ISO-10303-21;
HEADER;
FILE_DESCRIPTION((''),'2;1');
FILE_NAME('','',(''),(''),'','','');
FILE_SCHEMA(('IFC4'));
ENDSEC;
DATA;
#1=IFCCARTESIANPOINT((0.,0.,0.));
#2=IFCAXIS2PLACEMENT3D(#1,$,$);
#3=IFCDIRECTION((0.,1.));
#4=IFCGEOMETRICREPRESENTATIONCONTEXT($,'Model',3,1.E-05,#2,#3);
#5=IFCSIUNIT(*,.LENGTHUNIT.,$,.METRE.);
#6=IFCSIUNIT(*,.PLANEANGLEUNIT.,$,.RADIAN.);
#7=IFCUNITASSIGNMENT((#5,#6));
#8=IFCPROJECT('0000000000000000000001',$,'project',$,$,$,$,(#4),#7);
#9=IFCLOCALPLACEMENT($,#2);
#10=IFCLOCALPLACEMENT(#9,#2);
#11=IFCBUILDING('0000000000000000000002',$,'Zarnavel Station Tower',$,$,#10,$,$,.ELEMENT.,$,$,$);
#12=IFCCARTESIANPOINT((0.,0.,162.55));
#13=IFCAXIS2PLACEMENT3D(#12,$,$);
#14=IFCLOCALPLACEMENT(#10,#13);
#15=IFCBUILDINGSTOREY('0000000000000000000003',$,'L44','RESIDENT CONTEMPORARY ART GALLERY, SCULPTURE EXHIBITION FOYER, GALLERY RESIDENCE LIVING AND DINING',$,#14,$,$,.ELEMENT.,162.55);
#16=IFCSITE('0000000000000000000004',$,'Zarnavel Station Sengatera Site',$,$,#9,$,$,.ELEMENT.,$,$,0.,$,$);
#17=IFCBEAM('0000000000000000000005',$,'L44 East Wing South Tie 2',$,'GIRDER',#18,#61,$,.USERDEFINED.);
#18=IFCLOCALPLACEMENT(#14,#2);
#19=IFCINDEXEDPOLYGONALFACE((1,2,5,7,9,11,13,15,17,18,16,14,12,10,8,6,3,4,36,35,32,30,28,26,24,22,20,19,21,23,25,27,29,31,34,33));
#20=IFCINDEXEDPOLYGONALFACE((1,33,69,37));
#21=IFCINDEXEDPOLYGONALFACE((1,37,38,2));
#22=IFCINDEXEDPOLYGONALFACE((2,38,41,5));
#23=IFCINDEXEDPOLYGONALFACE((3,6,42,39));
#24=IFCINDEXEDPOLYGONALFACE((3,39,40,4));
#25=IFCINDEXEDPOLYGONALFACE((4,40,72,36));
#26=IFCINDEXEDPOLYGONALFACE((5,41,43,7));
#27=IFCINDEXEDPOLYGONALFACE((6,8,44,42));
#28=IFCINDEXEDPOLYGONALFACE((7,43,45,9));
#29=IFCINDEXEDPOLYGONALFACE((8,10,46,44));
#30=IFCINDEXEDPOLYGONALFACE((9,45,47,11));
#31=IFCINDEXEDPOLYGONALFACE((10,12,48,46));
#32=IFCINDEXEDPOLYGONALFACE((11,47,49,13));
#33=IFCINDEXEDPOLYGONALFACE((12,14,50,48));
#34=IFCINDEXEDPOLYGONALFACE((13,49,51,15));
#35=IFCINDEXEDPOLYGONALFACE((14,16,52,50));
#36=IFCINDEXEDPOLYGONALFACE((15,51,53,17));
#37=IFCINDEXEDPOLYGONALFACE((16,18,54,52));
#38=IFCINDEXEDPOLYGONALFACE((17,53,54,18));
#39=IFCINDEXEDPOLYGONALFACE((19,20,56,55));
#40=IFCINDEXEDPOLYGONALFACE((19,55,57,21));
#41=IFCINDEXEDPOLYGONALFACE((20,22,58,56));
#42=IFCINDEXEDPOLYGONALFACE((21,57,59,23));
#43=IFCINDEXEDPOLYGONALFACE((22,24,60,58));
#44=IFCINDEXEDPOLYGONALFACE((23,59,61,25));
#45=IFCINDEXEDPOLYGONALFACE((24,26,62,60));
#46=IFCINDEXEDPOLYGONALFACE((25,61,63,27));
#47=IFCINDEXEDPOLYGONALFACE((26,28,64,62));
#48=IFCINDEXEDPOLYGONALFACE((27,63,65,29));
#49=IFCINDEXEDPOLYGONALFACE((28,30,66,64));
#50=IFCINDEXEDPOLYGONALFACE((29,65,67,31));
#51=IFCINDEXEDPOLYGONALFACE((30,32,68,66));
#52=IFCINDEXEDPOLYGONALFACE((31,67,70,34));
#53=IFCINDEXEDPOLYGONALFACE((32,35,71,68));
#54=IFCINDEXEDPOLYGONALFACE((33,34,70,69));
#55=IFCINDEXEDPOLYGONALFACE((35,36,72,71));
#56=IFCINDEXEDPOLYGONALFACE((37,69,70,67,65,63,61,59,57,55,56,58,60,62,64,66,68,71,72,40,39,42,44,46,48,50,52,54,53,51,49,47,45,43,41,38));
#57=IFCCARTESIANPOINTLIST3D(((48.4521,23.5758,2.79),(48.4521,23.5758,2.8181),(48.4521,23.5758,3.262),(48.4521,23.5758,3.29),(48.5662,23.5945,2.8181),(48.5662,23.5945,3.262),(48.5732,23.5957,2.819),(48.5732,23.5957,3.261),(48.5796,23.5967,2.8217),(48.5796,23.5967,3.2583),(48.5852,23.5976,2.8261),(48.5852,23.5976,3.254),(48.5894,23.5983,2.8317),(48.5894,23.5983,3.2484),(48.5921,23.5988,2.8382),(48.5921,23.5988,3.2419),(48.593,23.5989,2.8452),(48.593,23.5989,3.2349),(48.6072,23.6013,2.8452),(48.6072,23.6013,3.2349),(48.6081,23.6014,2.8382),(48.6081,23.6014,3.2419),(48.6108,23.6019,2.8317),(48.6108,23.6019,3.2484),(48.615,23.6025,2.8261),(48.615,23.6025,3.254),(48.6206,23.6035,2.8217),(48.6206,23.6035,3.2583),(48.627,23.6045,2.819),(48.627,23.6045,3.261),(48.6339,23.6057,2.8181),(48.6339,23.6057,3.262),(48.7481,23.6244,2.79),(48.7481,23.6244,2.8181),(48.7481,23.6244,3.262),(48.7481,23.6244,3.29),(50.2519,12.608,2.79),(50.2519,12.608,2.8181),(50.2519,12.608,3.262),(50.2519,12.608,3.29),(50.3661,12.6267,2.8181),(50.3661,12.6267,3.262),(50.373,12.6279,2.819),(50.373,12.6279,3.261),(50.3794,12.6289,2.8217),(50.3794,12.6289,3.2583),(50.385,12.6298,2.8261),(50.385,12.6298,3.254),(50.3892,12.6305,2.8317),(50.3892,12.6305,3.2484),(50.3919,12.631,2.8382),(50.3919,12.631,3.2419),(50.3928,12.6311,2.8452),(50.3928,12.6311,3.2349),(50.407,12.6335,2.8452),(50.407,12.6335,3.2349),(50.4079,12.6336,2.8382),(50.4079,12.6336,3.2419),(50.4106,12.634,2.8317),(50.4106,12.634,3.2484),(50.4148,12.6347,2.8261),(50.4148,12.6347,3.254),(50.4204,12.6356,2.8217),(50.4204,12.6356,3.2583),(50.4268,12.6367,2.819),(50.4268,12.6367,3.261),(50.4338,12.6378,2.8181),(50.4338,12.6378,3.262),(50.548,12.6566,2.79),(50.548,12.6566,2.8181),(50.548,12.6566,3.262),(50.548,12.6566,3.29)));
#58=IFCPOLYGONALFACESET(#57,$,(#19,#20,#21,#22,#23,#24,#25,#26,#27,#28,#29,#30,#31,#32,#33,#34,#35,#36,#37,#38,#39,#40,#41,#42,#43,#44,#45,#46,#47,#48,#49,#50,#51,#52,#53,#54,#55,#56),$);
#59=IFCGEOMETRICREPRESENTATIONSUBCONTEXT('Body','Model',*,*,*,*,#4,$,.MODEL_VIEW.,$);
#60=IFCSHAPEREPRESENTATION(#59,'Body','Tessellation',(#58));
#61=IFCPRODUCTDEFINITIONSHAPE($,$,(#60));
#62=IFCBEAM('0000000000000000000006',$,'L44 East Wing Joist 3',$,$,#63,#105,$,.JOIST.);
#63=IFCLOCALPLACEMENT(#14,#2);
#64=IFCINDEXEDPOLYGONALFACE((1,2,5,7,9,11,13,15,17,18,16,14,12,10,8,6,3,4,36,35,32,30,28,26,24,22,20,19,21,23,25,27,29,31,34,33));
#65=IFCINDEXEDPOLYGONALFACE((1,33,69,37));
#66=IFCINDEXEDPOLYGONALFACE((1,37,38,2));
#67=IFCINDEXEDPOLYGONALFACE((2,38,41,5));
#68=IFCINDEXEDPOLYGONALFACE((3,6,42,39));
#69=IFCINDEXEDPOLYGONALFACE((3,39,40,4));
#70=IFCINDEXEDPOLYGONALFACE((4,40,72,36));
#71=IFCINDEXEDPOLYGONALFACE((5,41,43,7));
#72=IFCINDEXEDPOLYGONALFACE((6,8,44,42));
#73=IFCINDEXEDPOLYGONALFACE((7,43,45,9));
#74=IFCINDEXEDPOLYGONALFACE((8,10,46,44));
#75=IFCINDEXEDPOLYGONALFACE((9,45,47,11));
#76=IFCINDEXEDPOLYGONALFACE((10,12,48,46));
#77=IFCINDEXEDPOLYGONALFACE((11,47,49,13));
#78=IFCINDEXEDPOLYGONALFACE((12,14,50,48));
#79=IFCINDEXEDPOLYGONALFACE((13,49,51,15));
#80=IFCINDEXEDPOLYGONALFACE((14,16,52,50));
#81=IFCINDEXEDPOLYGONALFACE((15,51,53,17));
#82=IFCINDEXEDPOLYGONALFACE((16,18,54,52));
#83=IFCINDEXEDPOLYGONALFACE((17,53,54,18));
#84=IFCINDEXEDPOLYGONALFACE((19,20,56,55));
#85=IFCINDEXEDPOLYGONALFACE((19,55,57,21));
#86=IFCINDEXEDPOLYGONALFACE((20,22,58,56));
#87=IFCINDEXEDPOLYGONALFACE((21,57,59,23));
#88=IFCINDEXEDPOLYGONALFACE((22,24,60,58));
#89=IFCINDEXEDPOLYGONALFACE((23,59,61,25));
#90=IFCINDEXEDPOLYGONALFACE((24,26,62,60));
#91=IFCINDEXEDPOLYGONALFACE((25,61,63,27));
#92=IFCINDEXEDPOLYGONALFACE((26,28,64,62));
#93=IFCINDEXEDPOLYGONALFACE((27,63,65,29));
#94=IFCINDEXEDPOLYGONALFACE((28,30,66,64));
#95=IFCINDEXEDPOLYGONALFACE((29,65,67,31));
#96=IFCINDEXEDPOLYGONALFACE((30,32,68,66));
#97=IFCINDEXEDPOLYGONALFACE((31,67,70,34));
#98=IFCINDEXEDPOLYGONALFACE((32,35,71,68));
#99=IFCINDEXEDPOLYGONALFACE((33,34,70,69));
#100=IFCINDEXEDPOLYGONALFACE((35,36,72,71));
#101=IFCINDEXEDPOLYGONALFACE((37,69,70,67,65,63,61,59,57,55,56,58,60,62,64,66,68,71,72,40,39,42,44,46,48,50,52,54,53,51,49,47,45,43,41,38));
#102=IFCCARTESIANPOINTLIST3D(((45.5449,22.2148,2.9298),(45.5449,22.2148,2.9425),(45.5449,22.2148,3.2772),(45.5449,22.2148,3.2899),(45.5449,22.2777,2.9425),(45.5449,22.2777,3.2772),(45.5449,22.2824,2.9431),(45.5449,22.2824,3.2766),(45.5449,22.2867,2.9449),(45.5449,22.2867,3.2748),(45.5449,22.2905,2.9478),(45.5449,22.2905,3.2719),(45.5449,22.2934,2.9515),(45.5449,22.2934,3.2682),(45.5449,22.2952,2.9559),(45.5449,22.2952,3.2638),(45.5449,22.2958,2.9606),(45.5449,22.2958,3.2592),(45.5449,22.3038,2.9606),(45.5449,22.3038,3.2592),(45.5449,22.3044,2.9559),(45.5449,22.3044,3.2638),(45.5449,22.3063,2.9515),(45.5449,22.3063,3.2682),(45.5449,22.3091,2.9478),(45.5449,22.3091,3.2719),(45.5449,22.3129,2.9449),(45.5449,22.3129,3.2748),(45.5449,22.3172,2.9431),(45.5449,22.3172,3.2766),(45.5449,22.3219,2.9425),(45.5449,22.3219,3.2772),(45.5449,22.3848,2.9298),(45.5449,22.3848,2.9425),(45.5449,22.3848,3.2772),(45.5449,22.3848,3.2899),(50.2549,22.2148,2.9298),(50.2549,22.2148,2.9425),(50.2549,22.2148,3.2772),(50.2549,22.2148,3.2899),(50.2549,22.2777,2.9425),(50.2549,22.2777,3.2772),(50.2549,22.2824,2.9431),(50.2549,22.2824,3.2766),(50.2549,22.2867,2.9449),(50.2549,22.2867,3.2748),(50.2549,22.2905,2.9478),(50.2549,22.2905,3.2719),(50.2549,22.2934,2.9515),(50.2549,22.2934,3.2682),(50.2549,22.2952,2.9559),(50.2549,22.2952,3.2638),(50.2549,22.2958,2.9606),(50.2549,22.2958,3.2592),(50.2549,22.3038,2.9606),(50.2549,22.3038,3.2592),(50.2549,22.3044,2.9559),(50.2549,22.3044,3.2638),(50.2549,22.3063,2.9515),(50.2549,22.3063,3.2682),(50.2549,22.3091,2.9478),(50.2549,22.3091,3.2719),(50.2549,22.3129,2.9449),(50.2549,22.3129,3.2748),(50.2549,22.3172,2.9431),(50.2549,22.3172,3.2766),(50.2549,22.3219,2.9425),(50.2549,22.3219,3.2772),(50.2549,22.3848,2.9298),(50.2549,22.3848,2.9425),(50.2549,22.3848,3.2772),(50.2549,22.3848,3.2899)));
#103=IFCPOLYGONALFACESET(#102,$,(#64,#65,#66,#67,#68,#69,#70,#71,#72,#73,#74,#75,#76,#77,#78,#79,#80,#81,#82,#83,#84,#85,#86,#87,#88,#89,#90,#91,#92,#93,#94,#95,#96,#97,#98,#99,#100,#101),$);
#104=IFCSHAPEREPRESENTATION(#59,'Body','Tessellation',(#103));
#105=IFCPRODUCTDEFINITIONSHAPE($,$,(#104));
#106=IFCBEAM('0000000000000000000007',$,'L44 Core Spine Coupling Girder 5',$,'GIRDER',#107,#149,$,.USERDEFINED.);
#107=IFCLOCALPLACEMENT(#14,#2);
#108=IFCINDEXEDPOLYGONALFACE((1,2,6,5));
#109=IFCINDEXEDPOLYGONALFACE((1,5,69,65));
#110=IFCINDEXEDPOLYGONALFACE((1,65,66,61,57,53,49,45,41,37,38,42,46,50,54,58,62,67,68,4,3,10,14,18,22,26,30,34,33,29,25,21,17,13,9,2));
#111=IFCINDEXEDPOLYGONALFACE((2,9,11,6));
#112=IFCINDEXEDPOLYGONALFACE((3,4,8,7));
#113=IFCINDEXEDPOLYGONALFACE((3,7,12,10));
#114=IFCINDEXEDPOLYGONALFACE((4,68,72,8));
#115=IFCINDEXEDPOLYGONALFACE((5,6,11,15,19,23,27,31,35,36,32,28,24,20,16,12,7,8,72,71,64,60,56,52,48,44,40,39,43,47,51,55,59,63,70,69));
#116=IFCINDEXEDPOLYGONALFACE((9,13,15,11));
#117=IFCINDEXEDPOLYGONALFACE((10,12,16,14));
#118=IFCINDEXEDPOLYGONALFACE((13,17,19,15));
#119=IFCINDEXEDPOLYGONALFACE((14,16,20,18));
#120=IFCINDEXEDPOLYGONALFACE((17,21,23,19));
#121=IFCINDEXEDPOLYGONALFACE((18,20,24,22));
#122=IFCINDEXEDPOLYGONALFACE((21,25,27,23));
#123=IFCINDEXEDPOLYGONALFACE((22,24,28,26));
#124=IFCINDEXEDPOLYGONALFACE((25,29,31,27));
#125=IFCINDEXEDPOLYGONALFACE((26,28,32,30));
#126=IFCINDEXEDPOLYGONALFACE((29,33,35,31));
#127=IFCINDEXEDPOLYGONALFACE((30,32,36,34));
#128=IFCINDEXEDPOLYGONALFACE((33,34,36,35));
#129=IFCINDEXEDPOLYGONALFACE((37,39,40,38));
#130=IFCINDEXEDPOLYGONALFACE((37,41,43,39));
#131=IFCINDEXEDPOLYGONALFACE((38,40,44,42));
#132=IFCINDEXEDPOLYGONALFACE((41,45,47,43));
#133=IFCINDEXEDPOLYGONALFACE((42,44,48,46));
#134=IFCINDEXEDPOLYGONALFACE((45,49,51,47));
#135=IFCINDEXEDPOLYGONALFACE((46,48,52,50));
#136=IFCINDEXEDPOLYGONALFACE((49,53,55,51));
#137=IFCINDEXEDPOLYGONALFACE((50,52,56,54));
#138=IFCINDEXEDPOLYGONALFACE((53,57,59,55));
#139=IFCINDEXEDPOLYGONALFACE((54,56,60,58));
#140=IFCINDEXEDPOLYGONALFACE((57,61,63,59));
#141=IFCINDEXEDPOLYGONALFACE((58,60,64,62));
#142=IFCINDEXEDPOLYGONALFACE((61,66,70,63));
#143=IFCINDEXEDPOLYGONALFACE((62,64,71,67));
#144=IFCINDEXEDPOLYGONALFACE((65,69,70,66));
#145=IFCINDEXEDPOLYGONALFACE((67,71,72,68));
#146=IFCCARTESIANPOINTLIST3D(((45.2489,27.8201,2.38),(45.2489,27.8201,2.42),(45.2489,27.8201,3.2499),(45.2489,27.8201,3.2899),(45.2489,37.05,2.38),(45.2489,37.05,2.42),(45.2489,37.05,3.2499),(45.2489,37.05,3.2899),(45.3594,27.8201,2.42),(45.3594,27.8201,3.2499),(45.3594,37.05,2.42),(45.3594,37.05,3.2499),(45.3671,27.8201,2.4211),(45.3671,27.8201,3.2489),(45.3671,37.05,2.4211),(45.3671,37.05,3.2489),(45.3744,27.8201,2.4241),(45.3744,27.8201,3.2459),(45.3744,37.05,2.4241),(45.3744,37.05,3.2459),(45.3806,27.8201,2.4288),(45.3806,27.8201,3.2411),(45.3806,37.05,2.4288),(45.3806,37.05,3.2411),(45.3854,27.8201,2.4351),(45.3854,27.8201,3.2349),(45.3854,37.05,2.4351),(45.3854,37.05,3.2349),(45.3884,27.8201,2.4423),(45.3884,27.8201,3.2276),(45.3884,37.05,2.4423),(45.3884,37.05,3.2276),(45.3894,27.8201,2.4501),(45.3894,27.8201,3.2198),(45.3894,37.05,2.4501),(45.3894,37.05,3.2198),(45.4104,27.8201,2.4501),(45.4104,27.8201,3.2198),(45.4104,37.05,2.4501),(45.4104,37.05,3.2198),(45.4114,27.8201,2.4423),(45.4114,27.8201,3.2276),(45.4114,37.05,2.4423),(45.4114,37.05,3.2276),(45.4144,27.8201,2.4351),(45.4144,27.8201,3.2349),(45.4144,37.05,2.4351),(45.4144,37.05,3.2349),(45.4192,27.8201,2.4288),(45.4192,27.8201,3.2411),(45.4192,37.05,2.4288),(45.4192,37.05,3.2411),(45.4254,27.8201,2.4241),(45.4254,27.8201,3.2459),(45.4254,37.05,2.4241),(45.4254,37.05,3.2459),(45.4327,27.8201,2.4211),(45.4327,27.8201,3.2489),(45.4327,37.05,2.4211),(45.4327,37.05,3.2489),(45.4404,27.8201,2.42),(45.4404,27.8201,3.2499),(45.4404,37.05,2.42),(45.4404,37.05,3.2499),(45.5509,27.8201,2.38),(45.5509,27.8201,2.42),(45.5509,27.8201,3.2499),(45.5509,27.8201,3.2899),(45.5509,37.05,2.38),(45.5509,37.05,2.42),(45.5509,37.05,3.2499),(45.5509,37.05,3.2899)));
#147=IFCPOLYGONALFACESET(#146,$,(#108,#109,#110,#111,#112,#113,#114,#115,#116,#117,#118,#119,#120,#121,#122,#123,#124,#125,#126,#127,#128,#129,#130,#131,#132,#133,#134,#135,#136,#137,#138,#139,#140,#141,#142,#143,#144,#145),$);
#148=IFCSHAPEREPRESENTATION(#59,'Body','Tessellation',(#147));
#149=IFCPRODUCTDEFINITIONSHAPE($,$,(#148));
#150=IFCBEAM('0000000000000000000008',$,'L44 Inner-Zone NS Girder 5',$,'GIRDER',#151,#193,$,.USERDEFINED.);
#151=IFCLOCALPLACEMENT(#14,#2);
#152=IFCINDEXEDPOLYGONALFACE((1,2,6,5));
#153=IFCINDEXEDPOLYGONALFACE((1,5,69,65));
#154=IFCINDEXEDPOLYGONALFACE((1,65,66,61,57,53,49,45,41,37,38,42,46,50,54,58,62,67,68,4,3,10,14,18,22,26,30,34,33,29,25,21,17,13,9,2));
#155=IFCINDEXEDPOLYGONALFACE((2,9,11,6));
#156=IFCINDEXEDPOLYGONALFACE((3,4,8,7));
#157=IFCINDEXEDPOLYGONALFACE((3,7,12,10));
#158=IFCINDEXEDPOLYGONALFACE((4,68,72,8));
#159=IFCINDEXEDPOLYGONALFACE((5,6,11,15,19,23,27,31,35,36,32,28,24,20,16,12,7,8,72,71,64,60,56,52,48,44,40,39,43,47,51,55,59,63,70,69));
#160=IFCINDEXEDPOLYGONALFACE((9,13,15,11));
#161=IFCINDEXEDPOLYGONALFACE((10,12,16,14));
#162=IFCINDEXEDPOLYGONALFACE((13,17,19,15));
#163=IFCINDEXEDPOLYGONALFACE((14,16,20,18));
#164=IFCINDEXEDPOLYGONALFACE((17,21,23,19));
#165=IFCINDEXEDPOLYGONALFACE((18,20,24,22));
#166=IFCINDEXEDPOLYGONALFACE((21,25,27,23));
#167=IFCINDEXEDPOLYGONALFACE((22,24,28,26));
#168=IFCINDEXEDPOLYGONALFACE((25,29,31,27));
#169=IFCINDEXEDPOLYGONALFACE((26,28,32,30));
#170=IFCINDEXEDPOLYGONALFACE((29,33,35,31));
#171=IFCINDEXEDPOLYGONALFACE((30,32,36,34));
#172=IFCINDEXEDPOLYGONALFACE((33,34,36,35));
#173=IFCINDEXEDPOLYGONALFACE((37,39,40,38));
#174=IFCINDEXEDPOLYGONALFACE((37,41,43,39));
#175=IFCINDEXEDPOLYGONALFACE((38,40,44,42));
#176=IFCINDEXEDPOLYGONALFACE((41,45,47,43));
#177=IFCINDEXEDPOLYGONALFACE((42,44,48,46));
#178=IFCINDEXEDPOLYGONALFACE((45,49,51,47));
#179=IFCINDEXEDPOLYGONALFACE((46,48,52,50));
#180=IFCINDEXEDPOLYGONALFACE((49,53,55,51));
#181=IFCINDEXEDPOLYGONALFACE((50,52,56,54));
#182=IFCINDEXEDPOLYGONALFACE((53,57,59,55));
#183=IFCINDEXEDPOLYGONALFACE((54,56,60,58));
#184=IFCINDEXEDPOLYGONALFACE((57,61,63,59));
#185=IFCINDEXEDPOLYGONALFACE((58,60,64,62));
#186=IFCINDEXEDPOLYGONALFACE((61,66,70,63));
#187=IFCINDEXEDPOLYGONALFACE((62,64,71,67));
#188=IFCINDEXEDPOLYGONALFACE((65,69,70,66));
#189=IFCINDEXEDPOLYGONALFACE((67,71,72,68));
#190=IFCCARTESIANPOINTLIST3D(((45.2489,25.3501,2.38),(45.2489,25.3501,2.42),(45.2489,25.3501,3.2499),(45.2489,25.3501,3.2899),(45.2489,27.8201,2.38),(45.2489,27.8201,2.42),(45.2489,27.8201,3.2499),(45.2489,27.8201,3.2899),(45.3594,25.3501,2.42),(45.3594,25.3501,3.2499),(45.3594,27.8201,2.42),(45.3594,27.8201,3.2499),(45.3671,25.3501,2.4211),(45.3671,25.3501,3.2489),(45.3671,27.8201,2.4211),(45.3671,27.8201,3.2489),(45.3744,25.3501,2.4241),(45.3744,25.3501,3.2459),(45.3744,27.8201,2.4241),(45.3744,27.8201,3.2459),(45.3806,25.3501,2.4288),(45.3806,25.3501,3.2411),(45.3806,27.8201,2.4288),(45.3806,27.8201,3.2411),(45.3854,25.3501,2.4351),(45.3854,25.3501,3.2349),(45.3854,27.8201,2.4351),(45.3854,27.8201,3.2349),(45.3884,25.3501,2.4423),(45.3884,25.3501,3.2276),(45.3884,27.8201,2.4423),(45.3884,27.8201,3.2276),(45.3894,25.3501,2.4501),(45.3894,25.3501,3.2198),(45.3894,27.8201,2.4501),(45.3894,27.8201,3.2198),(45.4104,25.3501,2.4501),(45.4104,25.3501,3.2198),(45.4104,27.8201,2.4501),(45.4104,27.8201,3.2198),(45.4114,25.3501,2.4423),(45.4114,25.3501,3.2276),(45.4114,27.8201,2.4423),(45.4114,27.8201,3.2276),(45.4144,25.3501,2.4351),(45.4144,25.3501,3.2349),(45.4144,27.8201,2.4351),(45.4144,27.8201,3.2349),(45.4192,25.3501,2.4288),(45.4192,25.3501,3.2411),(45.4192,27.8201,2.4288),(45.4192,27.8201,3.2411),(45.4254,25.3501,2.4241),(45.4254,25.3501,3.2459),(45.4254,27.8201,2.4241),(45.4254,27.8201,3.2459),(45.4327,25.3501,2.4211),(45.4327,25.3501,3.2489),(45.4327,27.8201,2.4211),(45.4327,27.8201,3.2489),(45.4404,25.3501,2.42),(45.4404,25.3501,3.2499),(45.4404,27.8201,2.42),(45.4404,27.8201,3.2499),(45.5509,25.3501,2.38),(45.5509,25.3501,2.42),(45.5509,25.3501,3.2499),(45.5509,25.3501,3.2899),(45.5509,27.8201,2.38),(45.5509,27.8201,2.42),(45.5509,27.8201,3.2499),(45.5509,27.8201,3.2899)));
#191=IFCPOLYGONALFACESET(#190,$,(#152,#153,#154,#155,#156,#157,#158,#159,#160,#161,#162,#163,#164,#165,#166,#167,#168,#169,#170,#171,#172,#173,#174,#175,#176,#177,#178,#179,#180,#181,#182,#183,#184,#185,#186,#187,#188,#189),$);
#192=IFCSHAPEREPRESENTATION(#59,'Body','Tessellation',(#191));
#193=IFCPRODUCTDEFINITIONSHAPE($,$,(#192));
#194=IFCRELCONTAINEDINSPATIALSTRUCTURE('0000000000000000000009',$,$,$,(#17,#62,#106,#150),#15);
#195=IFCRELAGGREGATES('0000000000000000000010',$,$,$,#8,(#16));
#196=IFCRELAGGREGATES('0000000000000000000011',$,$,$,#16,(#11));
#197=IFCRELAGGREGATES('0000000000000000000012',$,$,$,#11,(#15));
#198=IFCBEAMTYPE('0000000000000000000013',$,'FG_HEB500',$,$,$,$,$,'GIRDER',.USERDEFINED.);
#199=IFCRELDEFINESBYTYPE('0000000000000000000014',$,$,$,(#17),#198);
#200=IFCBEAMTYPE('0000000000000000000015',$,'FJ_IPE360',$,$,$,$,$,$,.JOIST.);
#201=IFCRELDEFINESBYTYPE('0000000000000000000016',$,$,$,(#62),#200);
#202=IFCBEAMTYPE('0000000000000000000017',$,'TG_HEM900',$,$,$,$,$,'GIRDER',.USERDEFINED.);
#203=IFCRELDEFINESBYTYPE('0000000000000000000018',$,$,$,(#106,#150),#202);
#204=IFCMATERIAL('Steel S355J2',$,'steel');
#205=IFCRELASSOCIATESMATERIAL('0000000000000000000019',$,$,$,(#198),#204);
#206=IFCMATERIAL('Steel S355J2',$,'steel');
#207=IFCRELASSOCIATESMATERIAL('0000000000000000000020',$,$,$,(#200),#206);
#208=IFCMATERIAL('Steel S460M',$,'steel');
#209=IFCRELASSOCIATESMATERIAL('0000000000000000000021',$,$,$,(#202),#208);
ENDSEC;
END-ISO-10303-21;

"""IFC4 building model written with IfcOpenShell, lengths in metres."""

from ifc_helpers import new_model, si_unit, direction, frame, origin, origin_2d, place, context, subcontext, project, spatial, i_section, extrude, material, material_profile, profile_set, type_object, element, save


model = new_model("IFC4")

# Units and contexts
model_context = context("Model", 3, precision=1e-05, world=origin(), true_north=direction((0.0, 1.0)))
body_context = subcontext(model_context, "Body", "Model", "MODEL_VIEW")
ifc_project = project(units=[si_unit("LENGTHUNIT", "METRE"), si_unit("PLANEANGLEUNIT", "RADIAN")], contexts=[model_context])

# Site, building, storey
site_placement = place(None, origin())
site = spatial("IfcSite", under=ifc_project, at=site_placement, Name="Zarnavel Station Sengatera Site", CompositionType="ELEMENT", RefElevation=0.0)
building_placement = place(site_placement, origin())
building = spatial("IfcBuilding", under=site, at=building_placement, Name="Zarnavel Station Tower", CompositionType="ELEMENT")
storey_placement = place(building_placement, frame((0.0, 0.0, 162.55)))
storey = spatial("IfcBuildingStorey", under=building, at=storey_placement, Name="L44", Description="RESIDENT CONTEMPORARY ART GALLERY, SCULPTURE EXHIBITION FOYER, GALLERY RESIDENCE LIVING AND DINING", CompositionType="ELEMENT", Elevation=162.55)

# Beams
ifc_material_1 = material(Name="Steel S355J2", Category="steel")
ifc_material_profile_1 = material_profile(ifc_material_1, i_section(OverallWidth=0.3, OverallDepth=0.5, WebThickness=0.0144, FlangeThickness=0.0281, FilletRadius=0.0271, at=origin_2d()), Name="HEB500")
ifc_profile_set_1 = profile_set([ifc_material_profile_1], Name="Steel S355J2")
beam_type_1 = type_object("IfcBeamType", Name="FG_HEB500", ElementType="GIRDER", PredefinedType="USERDEFINED", material=ifc_profile_set_1)
beam_1_placement = place(storey_placement, frame((48.6001, 23.6001, 3.04), z_axis=(0.161934, -0.986802, 0.0), x_axis=(0.986802, 0.161934, 0.0)))
element("IfcBeam", 1, at=beam_1_placement, inside=storey, type_object=beam_type_1, Name="L44 East Wing South Tie 2", ObjectType="GIRDER", PredefinedType="USERDEFINED", context=body_context, shape_type="SweptSolid", body=[
    extrude(i_section(OverallWidth=0.3, OverallDepth=0.5, WebThickness=0.0144, FlangeThickness=0.0281, FilletRadius=0.0271, at=origin_2d()), origin(), (0.0, 0.0, 1.0), 11.1145),
])
ifc_material_2 = material(Name="Steel S355J2", Category="steel")
ifc_material_profile_2 = material_profile(ifc_material_2, i_section(OverallWidth=0.1699, OverallDepth=0.3601, WebThickness=0.0081, FlangeThickness=0.0127, FilletRadius=0.0181, at=origin_2d()), Name="IPE360")
ifc_profile_set_2 = profile_set([ifc_material_profile_2], Name="Steel S355J2")
beam_type_2 = type_object("IfcBeamType", Name="FJ_IPE360", PredefinedType="JOIST", material=ifc_profile_set_2)
beam_2_placement = place(storey_placement, frame((45.5449, 22.2998, 3.1099), z_axis=(1.0, 0.0, 0.0), x_axis=(0.0, 1.0, 0.0)))
element("IfcBeam", 2, at=beam_2_placement, inside=storey, type_object=beam_type_2, Name="L44 East Wing Joist 3", PredefinedType="JOIST", context=body_context, shape_type="SweptSolid", body=[
    extrude(i_section(OverallWidth=0.1699, OverallDepth=0.3601, WebThickness=0.0081, FlangeThickness=0.0127, FilletRadius=0.0181, at=origin_2d()), origin(), (0.0, 0.0, 1.0), 4.71),
])
ifc_material_3 = material(Name="Steel S460M", Category="steel")
ifc_material_profile_3 = material_profile(ifc_material_3, i_section(OverallWidth=0.302, OverallDepth=0.9099, WebThickness=0.021, FlangeThickness=0.04, FilletRadius=0.03, at=origin_2d()), Name="HEM900")
ifc_profile_set_3 = profile_set([ifc_material_profile_3], Name="Steel S460M")
beam_type_3 = type_object("IfcBeamType", Name="TG_HEM900", ElementType="GIRDER", PredefinedType="USERDEFINED", material=ifc_profile_set_3)
beam_3_placement = place(storey_placement, frame((45.3999, 27.8201, 2.835), z_axis=(0.0, 1.0, 0.0), x_axis=(-1.0, 0.0, 0.0)))
element("IfcBeam", 3, at=beam_3_placement, inside=storey, type_object=beam_type_3, Name="L44 Core Spine Coupling Girder 5", ObjectType="GIRDER", PredefinedType="USERDEFINED", context=body_context, shape_type="SweptSolid", body=[
    extrude(i_section(OverallWidth=0.302, OverallDepth=0.9099, WebThickness=0.021, FlangeThickness=0.04, FilletRadius=0.03, at=origin_2d()), origin(), (0.0, 0.0, 1.0), 9.23),
])
beam_4_placement = place(storey_placement, frame((45.3999, 25.3501, 2.835), z_axis=(0.0, 1.0, 0.0), x_axis=(-1.0, 0.0, 0.0)))
element("IfcBeam", 4, at=beam_4_placement, inside=storey, type_object=beam_type_3, Name="L44 Inner-Zone NS Girder 5", ObjectType="GIRDER", PredefinedType="USERDEFINED", context=body_context, shape_type="SweptSolid", body=[
    extrude(i_section(OverallWidth=0.302, OverallDepth=0.9099, WebThickness=0.021, FlangeThickness=0.04, FilletRadius=0.03, at=origin_2d()), origin(), (0.0, 0.0, 1.0), 2.47),
])

save(model, "model.ifc")
